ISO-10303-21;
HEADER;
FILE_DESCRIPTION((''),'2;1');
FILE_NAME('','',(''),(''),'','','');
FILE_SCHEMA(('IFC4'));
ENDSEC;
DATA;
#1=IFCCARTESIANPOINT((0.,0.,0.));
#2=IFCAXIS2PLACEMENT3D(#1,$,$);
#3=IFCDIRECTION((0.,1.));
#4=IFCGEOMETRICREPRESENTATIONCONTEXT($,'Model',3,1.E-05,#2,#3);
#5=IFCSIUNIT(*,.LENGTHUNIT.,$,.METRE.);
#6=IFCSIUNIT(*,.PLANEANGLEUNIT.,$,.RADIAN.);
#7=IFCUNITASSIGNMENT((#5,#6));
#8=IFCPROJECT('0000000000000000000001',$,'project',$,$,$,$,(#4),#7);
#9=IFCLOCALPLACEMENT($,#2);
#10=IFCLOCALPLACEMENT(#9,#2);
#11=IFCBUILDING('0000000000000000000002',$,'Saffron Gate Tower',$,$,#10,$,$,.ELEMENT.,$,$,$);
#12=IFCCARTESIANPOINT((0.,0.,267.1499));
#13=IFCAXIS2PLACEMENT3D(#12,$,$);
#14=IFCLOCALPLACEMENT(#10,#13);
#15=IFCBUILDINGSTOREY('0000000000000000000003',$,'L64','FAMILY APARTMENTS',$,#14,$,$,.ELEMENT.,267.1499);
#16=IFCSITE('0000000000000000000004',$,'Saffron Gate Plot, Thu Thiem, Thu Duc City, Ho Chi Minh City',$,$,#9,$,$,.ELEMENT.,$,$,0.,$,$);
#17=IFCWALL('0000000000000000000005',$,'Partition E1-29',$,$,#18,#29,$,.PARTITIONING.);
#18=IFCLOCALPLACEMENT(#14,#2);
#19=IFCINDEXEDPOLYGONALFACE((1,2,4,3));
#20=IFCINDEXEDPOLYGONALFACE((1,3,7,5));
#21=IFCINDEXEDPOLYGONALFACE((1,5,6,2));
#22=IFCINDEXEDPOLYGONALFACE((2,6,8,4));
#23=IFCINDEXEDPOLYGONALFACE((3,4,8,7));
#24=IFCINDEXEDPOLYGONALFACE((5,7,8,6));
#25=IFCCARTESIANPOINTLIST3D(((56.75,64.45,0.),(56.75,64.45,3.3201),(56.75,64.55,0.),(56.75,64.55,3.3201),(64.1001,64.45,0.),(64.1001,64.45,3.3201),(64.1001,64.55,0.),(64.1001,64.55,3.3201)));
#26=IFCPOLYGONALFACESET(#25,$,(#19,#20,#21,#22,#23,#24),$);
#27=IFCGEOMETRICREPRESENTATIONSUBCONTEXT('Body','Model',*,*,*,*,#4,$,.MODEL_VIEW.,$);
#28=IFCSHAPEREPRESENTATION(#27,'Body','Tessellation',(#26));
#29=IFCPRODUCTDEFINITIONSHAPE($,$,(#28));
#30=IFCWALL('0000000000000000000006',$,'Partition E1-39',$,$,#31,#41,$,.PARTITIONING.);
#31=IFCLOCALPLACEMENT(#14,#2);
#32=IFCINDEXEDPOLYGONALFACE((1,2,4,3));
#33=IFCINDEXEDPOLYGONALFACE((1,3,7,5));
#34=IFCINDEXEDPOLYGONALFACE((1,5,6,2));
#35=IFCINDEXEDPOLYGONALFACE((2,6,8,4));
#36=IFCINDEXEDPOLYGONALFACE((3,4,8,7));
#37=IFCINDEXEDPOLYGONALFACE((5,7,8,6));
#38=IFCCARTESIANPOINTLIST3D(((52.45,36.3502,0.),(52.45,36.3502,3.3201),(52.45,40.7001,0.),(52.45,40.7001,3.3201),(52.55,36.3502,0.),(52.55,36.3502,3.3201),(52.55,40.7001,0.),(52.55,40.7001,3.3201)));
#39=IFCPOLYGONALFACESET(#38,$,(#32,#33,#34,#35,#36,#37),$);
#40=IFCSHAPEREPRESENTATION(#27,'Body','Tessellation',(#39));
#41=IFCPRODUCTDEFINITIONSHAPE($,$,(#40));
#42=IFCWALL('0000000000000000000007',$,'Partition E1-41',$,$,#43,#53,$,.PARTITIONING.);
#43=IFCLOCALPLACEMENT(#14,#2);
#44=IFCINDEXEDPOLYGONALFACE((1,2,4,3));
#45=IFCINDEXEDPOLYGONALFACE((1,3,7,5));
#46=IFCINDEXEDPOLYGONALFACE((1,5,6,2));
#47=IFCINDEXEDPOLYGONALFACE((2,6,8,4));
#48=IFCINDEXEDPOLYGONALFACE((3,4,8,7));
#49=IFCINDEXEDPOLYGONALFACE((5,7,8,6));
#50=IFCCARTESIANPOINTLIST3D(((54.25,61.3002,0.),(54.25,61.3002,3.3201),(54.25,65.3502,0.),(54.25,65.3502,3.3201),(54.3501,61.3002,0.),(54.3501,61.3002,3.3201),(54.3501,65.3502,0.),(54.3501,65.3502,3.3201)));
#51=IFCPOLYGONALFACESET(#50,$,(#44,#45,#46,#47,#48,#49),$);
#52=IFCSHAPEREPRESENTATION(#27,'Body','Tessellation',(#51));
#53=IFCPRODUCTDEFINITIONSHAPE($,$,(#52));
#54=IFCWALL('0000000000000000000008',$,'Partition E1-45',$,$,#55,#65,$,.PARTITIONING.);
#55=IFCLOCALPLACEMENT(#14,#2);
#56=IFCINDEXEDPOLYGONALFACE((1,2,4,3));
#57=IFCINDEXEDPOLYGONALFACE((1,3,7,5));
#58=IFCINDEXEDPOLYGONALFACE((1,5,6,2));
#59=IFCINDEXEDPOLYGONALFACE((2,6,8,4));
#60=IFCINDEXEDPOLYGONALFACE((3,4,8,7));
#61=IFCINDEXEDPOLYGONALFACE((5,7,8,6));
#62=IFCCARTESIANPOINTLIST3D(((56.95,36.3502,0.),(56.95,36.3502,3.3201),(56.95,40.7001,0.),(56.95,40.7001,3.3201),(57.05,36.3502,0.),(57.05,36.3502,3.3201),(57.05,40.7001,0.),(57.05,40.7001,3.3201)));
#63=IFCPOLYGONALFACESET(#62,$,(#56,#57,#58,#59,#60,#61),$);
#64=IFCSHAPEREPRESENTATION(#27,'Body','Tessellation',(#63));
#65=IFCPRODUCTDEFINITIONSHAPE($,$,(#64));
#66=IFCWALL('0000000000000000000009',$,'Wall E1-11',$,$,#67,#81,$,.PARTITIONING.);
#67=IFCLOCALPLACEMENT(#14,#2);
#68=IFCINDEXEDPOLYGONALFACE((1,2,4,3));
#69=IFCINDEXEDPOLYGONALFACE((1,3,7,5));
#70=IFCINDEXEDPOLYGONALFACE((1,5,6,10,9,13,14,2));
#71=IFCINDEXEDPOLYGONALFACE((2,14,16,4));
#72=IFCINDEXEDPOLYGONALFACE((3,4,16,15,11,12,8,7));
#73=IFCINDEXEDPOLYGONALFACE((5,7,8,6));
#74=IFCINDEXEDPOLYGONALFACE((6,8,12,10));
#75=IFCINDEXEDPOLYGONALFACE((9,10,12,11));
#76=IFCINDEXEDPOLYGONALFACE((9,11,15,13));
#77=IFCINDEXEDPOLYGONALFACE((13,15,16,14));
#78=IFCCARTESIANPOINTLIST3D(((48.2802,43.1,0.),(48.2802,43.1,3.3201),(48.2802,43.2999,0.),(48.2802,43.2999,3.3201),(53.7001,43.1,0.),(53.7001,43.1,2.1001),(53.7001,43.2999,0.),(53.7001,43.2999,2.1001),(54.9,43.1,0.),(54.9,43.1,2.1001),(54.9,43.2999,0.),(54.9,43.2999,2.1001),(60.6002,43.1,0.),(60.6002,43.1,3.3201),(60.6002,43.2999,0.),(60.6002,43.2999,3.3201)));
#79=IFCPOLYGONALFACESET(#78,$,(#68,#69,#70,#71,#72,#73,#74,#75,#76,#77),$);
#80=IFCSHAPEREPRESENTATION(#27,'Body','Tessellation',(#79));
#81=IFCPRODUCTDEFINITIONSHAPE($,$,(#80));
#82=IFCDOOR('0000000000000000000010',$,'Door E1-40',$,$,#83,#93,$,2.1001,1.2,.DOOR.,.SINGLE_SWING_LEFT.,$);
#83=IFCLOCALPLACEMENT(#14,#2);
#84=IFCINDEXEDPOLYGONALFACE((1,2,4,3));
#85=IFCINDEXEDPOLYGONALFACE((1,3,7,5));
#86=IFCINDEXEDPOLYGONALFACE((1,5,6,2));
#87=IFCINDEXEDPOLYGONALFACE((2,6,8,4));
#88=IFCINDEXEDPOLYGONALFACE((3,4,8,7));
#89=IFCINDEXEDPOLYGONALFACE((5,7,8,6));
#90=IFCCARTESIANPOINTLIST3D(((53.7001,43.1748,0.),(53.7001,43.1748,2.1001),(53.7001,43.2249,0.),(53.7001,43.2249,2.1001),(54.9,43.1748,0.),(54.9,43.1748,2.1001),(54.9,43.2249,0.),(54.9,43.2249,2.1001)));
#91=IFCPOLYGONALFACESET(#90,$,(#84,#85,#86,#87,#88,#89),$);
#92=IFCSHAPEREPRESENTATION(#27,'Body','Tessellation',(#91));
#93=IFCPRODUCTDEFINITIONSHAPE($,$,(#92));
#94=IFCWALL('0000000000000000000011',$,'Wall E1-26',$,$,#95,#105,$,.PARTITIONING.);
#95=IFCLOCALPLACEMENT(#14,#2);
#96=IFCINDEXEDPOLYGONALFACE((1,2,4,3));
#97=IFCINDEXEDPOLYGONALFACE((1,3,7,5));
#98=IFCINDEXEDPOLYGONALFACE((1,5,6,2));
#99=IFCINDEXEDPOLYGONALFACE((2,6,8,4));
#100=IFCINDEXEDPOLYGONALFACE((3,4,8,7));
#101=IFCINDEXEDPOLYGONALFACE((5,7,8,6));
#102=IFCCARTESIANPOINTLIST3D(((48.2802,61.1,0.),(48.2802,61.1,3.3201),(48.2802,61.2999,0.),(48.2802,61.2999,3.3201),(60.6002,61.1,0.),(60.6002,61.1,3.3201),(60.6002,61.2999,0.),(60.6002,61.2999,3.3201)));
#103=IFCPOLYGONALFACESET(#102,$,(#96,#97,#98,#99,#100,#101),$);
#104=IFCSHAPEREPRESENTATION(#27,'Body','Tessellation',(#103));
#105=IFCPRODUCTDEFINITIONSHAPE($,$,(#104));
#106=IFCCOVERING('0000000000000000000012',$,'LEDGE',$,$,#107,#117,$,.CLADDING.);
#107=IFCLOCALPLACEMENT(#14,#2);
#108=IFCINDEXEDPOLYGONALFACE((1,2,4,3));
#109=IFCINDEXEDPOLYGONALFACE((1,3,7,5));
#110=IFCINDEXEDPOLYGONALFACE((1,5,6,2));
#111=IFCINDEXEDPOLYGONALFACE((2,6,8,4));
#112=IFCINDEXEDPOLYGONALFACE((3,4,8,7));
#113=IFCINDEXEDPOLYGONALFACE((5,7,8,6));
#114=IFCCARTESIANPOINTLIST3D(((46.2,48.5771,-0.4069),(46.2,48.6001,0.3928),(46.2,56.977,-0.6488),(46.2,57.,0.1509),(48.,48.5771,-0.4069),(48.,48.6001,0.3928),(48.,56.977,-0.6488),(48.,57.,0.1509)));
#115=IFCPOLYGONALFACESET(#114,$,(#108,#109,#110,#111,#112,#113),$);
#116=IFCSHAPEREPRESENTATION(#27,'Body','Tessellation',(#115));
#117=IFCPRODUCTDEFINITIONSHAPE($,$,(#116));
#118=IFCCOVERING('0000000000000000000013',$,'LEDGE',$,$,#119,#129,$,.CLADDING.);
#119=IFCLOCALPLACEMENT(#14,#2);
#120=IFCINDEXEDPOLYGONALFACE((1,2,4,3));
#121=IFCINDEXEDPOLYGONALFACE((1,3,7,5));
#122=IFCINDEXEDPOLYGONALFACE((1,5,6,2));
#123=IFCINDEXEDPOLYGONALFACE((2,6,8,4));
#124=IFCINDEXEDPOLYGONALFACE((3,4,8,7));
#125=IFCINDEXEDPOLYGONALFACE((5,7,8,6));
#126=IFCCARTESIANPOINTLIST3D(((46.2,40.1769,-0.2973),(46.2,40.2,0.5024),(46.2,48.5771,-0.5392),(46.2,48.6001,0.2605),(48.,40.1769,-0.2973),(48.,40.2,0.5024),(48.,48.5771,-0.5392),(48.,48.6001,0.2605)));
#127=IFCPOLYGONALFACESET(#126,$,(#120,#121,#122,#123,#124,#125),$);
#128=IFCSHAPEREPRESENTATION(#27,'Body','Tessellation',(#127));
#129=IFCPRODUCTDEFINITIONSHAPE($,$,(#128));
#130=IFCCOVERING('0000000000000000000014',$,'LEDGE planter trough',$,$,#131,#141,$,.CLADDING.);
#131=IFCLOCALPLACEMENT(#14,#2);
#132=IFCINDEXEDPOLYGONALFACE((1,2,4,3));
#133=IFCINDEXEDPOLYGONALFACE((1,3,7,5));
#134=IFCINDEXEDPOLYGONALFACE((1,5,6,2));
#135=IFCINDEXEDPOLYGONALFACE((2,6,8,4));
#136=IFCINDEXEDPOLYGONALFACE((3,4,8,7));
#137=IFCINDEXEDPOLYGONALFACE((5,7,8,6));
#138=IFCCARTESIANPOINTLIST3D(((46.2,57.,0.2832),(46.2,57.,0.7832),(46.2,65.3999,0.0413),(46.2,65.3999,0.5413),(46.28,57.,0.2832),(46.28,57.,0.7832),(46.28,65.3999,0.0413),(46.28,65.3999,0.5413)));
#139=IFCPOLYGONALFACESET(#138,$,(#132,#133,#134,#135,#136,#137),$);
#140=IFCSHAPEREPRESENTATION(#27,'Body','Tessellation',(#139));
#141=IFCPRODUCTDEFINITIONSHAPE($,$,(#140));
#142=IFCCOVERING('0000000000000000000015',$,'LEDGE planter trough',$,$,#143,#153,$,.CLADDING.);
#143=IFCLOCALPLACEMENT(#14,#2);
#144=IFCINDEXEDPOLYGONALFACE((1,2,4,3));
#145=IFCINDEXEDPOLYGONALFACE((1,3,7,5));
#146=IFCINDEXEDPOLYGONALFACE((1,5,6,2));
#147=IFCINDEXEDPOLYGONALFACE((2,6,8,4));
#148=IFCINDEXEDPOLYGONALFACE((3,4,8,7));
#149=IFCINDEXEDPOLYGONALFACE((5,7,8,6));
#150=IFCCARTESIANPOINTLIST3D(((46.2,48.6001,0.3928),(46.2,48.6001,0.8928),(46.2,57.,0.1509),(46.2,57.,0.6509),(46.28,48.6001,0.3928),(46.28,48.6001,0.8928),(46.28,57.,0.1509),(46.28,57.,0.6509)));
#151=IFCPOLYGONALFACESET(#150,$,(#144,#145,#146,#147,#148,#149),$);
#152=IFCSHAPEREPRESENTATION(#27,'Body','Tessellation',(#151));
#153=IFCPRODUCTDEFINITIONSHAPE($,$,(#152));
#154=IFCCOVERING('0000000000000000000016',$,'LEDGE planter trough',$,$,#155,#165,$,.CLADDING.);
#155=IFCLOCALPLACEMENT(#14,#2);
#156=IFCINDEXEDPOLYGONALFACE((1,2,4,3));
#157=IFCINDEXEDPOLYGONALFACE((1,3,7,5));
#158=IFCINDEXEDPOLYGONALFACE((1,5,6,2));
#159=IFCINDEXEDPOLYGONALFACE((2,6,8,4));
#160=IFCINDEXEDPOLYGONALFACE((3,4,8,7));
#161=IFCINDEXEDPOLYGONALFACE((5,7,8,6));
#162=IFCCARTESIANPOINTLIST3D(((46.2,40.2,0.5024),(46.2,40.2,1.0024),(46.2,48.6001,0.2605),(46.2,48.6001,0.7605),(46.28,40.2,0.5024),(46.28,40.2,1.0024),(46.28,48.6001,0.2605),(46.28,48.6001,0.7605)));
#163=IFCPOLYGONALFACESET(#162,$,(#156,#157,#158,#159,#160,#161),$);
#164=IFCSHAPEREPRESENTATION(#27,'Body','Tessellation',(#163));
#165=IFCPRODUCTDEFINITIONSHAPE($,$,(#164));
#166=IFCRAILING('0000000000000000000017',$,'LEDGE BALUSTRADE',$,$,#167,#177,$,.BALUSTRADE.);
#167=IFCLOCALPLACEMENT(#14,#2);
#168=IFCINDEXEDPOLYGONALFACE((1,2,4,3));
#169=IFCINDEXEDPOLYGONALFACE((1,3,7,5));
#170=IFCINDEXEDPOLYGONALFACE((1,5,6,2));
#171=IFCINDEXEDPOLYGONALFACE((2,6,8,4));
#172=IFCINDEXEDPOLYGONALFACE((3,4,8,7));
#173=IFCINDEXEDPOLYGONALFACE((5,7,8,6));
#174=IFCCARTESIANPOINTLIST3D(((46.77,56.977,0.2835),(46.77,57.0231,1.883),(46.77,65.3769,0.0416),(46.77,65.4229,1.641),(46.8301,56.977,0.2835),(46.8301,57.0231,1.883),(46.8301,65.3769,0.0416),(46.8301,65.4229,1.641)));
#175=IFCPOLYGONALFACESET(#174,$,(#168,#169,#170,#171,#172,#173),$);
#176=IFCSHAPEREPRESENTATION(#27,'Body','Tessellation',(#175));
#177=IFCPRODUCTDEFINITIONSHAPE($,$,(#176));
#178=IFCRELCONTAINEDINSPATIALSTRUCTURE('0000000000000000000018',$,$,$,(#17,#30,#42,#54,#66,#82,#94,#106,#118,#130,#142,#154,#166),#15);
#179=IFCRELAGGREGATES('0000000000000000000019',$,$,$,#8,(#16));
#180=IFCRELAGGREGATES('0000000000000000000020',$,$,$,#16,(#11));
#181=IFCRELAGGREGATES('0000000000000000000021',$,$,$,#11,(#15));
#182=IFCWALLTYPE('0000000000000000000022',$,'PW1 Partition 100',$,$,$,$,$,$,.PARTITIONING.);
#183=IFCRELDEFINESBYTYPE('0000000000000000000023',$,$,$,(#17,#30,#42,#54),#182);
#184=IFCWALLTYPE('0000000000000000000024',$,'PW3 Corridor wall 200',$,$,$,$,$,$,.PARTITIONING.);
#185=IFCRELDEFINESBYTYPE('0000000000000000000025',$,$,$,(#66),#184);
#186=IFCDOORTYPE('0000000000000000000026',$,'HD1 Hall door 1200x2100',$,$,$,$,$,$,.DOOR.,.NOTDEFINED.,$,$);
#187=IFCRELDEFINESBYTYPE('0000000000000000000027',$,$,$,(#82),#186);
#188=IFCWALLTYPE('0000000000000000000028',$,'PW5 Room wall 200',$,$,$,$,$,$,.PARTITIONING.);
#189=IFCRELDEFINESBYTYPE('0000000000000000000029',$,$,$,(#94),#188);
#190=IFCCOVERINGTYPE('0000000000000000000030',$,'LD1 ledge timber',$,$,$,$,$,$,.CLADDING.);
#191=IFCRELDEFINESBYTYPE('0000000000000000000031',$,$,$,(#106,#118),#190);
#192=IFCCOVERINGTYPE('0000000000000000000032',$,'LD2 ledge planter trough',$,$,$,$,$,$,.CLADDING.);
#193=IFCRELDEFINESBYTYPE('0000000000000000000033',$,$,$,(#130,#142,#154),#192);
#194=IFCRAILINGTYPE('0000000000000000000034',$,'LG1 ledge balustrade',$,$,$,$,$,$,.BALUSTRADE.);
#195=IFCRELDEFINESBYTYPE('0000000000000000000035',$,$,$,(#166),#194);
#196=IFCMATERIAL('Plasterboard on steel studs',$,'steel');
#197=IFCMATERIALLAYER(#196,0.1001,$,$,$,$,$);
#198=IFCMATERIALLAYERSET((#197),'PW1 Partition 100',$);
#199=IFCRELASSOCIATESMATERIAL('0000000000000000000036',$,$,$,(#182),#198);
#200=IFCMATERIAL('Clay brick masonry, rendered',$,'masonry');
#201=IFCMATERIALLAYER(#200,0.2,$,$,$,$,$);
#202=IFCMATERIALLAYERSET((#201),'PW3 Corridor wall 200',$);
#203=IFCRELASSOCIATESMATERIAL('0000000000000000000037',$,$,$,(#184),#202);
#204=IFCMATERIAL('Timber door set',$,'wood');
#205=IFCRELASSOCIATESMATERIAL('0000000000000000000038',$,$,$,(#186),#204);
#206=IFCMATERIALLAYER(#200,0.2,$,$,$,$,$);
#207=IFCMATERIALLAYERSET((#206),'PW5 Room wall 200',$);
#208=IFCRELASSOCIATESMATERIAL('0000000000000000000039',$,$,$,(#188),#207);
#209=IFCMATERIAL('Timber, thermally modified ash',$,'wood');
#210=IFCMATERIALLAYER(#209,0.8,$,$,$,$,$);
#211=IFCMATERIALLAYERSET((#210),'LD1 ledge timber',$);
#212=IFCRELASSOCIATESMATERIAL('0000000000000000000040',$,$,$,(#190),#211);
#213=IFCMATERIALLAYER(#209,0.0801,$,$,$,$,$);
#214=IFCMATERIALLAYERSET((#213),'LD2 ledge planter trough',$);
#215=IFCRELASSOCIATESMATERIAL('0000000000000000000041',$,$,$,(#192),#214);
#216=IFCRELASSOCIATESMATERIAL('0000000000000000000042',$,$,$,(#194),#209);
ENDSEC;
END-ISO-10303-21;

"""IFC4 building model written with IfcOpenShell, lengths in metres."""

from ifc_helpers import new_model, si_unit, direction, frame, frame_2d, origin, origin_2d, place, context, subcontext, project, spatial, polyline, rectangle, outline, extrude, material, layer, layer_set, type_object, element, fill, save


model = new_model("IFC4")

# Units and contexts
model_context = context("Model", 3, precision=1e-05, world=origin(), true_north=direction((0.0, 1.0)))
body_context = subcontext(model_context, "Body", "Model", "MODEL_VIEW")
ifc_project = project(units=[si_unit("LENGTHUNIT", "METRE"), si_unit("PLANEANGLEUNIT", "RADIAN")], contexts=[model_context])

# Site, building, storey
site_placement = place(None, origin())
site = spatial("IfcSite", under=ifc_project, at=site_placement, Name="Saffron Gate Plot, Thu Thiem, Thu Duc City, Ho Chi Minh City", CompositionType="ELEMENT", RefElevation=0.0)
building_placement = place(site_placement, origin())
building = spatial("IfcBuilding", under=site, at=building_placement, Name="Saffron Gate Tower", CompositionType="ELEMENT")
storey_placement = place(building_placement, frame((0.0, 0.0, 267.1499)))
storey = spatial("IfcBuildingStorey", under=building, at=storey_placement, Name="L64", Description="FAMILY APARTMENTS", CompositionType="ELEMENT", Elevation=267.1499)

# Walls
ifc_material_1 = material(Name="Plasterboard on steel studs", Category="steel")
ifc_layer_1 = layer(ifc_material_1, 0.1001)
ifc_layer_set_1 = layer_set([ifc_layer_1], Name="PW1 Partition 100")
wall_type_1 = type_object("IfcWallType", Name="PW1 Partition 100", PredefinedType="PARTITIONING", material=ifc_layer_set_1)
wall_1_placement = place(storey_placement, frame((56.75, 64.5, 0.0), z_axis=(0.0, 0.0, 1.0), x_axis=(1.0, 0.0, 0.0)))
element("IfcWall", 1, at=wall_1_placement, inside=storey, type_object=wall_type_1, Name="Partition E1-29", PredefinedType="PARTITIONING", context=body_context, shape_type="SweptSolid", body=[
    extrude(rectangle(XDim=7.3501, YDim=0.1001, at=frame_2d((3.675, 0.0))), origin(), (0.0, 0.0, 1.0), 3.3201),
])
wall_2_placement = place(storey_placement, frame((52.5, 40.7, 0.0), z_axis=(0.0, 0.0, 1.0), x_axis=(0.0, -1.0, 0.0)))
element("IfcWall", 2, at=wall_2_placement, inside=storey, type_object=wall_type_1, Name="Partition E1-39", PredefinedType="PARTITIONING", context=body_context, shape_type="SweptSolid", body=[
    extrude(rectangle(XDim=4.3499, YDim=0.1001, at=frame_2d((2.1748, 0.0))), origin(), (0.0, 0.0, 1.0), 3.3201),
])
wall_3_placement = place(storey_placement, frame((54.3, 65.3501, 0.0), z_axis=(0.0, 0.0, 1.0), x_axis=(0.0, -1.0, 0.0)))
element("IfcWall", 3, at=wall_3_placement, inside=storey, type_object=wall_type_1, Name="Partition E1-41", PredefinedType="PARTITIONING", context=body_context, shape_type="SweptSolid", body=[
    extrude(rectangle(XDim=4.05, YDim=0.1001, at=frame_2d((2.0249, 0.0))), origin(), (0.0, 0.0, 1.0), 3.3201),
])
wall_4_placement = place(storey_placement, frame((57.0, 40.7, 0.0), z_axis=(0.0, 0.0, 1.0), x_axis=(0.0, -1.0, 0.0)))
element("IfcWall", 4, at=wall_4_placement, inside=storey, type_object=wall_type_1, Name="Partition E1-45", PredefinedType="PARTITIONING", context=body_context, shape_type="SweptSolid", body=[
    extrude(rectangle(XDim=4.3499, YDim=0.1001, at=frame_2d((2.1748, 0.0))), origin(), (0.0, 0.0, 1.0), 3.3201),
])

# Wall, opening, door
ifc_material_2 = material(Name="Clay brick masonry, rendered", Category="masonry")
ifc_layer_2 = layer(ifc_material_2, 0.2)
ifc_layer_set_2 = layer_set([ifc_layer_2], Name="PW3 Corridor wall 200")
wall_type_2 = type_object("IfcWallType", Name="PW3 Corridor wall 200", PredefinedType="PARTITIONING", material=ifc_layer_set_2)
wall_5_placement = place(storey_placement, frame((48.28, 43.2, 0.0), z_axis=(0.0, 0.0, 1.0), x_axis=(1.0, 0.0, 0.0)))
wall_5 = element("IfcWall", 5, at=wall_5_placement, inside=storey, type_object=wall_type_2, Name="Wall E1-11", PredefinedType="PARTITIONING", context=body_context, shape_type="SweptSolid", body=[
    extrude(rectangle(XDim=12.3201, YDim=0.2, at=frame_2d((6.1602, 0.0))), origin(), (0.0, 0.0, 1.0), 3.3201),
])
opening_placement = place(wall_5_placement, frame((5.4199, 0.0, 0.0)))
opening = element("IfcOpeningElement", 6, at=opening_placement, cuts=wall_5, PredefinedType="OPENING", context=body_context, shape_type="SweptSolid", body=[
    extrude(rectangle(XDim=1.2, YDim=2.1001, at=frame_2d((0.6001, 1.05))), frame((0.0, 0.1099, 0.0), z_axis=(0.0, -1.0, 0.0), x_axis=(1.0, 0.0, 0.0)), (0.0, 0.0, 1.0), 0.22),
])
ifc_material_3 = material(Name="Timber door set", Category="wood")
door_type = type_object("IfcDoorType", Name="HD1 Hall door 1200x2100", OperationType="NOTDEFINED", PredefinedType="DOOR", material=ifc_material_3)
door_placement = place(opening_placement, origin())
door = element("IfcDoor", 7, at=door_placement, inside=storey, type_object=door_type, Name="Door E1-40", OperationType="SINGLE_SWING_LEFT", OverallHeight=2.1001, OverallWidth=1.2, PredefinedType="DOOR", context=body_context, shape_type="SweptSolid", body=[
    extrude(rectangle(XDim=1.2, YDim=2.1001, at=frame_2d((0.6001, 1.05))), frame((0.0, 0.0249, 0.0), z_axis=(0.0, -1.0, 0.0), x_axis=(1.0, 0.0, 0.0)), (0.0, 0.0, 1.0), 0.05),
])
fill(opening, door)

# Wall
ifc_layer_3 = layer(ifc_material_2, 0.2)
ifc_layer_set_3 = layer_set([ifc_layer_3], Name="PW5 Room wall 200")
wall_type_3 = type_object("IfcWallType", Name="PW5 Room wall 200", PredefinedType="PARTITIONING", material=ifc_layer_set_3)
wall_6_placement = place(storey_placement, frame((48.28, 61.2, 0.0), z_axis=(0.0, 0.0, 1.0), x_axis=(1.0, 0.0, 0.0)))
element("IfcWall", 8, at=wall_6_placement, inside=storey, type_object=wall_type_3, Name="Wall E1-26", PredefinedType="PARTITIONING", context=body_context, shape_type="SweptSolid", body=[
    extrude(rectangle(XDim=12.3201, YDim=0.2, at=frame_2d((6.1602, 0.0))), origin(), (0.0, 0.0, 1.0), 3.3201),
])

# Coverings
ifc_material_4 = material(Name="Timber, thermally modified ash", Category="wood")
ifc_layer_4 = layer(ifc_material_4, 0.8)
ifc_layer_set_4 = layer_set([ifc_layer_4], Name="LD1 ledge timber")
covering_type_1 = type_object("IfcCoveringType", Name="LD1 ledge timber", PredefinedType="CLADDING", material=ifc_layer_set_4)
covering_1_placement = place(storey_placement, frame((48.0, 57.0, 0.1509), z_axis=(0.0, 0.028791, 0.999585), x_axis=(0.0, -0.999585, 0.028791)))
element("IfcCovering", 9, at=covering_1_placement, inside=storey, type_object=covering_type_1, Name="LEDGE", PredefinedType="CLADDING", context=body_context, shape_type="SweptSolid", body=[
    extrude(outline(polyline([(0.0, 0.0), (8.4034, 0.0), (8.4034, -1.8), (0.0, -1.8), (0.0, 0.0)])), origin(), (0.0, 0.0, -1.0), 0.8),
])
covering_2_placement = place(storey_placement, frame((48.0, 48.6001, 0.2605), z_axis=(0.0, 0.02879, 0.999585), x_axis=(0.0, -0.999585, 0.02879)))
element("IfcCovering", 10, at=covering_2_placement, inside=storey, type_object=covering_type_1, Name="LEDGE", PredefinedType="CLADDING", context=body_context, shape_type="SweptSolid", body=[
    extrude(outline(polyline([(0.0, 0.0), (8.4036, 0.0), (8.4036, -1.8), (0.0, -1.8), (0.0, 0.0)])), origin(), (0.0, 0.0, -1.0), 0.8),
])
ifc_layer_5 = layer(ifc_material_4, 0.0801)
ifc_layer_set_5 = layer_set([ifc_layer_5], Name="LD2 ledge planter trough")
covering_type_2 = type_object("IfcCoveringType", Name="LD2 ledge planter trough", PredefinedType="CLADDING", material=ifc_layer_set_5)
for number, where, z_axis, x_axis, name in (
    (11, (46.2, 65.3999, 0.0413), (-1.0, 0.0, 0.0), (0.0, -0.999585, 0.028791), "LEDGE planter trough"),
    (12, (46.2, 57.0, 0.1509), (-1.0, 0.0, 0.0), (0.0, -0.999585, 0.028791), "LEDGE planter trough"),
):
    element("IfcCovering", number, at=place(storey_placement, frame(where, z_axis=z_axis, x_axis=x_axis)), inside=storey, type_object=covering_type_2, Name=name, PredefinedType="CLADDING", context=body_context, shape_type="SweptSolid", body=[
        extrude(outline(polyline([(0.0, 0.0), (8.4034, 0.0), (8.4178, 0.4998), (0.0144, 0.4998), (0.0, 0.0)])), origin(), (0.0, 0.0, -1.0), 0.0801),
    ])
covering_3_placement = place(storey_placement, frame((46.2, 48.6001, 0.2605), z_axis=(-1.0, 0.0, 0.0), x_axis=(0.0, -0.999585, 0.02879)))
element("IfcCovering", 13, at=covering_3_placement, inside=storey, type_object=covering_type_2, Name="LEDGE planter trough", PredefinedType="CLADDING", context=body_context, shape_type="SweptSolid", body=[
    extrude(outline(polyline([(0.0, 0.0), (8.4036, 0.0), (8.418, 0.4998), (0.0144, 0.4998), (0.0, 0.0)])), origin(), (0.0, 0.0, -1.0), 0.0801),
])

# Railing
railing_type = type_object("IfcRailingType", Name="LG1 ledge balustrade", PredefinedType="BALUSTRADE", material=ifc_material_4)
for number, where, name in (
    (14, (46.8, 65.3999, 0.0413), "LEDGE BALUSTRADE"),
):
    element("IfcRailing", number, at=place(storey_placement, frame(where)), inside=storey, type_object=railing_type, Name=name, PredefinedType="BALUSTRADE", context=body_context, shape_type="SweptSolid", body=[
        extrude(rectangle(XDim=0.0601, YDim=1.6001, at=origin_2d()), frame((0.0, 0.0, 0.8), z_axis=(0.0, -0.999585, 0.028791), x_axis=(1.0, 0.0, 0.0)), (0.0, 0.0, 1.0), 8.4033),
    ])

save(model, "model.ifc")
